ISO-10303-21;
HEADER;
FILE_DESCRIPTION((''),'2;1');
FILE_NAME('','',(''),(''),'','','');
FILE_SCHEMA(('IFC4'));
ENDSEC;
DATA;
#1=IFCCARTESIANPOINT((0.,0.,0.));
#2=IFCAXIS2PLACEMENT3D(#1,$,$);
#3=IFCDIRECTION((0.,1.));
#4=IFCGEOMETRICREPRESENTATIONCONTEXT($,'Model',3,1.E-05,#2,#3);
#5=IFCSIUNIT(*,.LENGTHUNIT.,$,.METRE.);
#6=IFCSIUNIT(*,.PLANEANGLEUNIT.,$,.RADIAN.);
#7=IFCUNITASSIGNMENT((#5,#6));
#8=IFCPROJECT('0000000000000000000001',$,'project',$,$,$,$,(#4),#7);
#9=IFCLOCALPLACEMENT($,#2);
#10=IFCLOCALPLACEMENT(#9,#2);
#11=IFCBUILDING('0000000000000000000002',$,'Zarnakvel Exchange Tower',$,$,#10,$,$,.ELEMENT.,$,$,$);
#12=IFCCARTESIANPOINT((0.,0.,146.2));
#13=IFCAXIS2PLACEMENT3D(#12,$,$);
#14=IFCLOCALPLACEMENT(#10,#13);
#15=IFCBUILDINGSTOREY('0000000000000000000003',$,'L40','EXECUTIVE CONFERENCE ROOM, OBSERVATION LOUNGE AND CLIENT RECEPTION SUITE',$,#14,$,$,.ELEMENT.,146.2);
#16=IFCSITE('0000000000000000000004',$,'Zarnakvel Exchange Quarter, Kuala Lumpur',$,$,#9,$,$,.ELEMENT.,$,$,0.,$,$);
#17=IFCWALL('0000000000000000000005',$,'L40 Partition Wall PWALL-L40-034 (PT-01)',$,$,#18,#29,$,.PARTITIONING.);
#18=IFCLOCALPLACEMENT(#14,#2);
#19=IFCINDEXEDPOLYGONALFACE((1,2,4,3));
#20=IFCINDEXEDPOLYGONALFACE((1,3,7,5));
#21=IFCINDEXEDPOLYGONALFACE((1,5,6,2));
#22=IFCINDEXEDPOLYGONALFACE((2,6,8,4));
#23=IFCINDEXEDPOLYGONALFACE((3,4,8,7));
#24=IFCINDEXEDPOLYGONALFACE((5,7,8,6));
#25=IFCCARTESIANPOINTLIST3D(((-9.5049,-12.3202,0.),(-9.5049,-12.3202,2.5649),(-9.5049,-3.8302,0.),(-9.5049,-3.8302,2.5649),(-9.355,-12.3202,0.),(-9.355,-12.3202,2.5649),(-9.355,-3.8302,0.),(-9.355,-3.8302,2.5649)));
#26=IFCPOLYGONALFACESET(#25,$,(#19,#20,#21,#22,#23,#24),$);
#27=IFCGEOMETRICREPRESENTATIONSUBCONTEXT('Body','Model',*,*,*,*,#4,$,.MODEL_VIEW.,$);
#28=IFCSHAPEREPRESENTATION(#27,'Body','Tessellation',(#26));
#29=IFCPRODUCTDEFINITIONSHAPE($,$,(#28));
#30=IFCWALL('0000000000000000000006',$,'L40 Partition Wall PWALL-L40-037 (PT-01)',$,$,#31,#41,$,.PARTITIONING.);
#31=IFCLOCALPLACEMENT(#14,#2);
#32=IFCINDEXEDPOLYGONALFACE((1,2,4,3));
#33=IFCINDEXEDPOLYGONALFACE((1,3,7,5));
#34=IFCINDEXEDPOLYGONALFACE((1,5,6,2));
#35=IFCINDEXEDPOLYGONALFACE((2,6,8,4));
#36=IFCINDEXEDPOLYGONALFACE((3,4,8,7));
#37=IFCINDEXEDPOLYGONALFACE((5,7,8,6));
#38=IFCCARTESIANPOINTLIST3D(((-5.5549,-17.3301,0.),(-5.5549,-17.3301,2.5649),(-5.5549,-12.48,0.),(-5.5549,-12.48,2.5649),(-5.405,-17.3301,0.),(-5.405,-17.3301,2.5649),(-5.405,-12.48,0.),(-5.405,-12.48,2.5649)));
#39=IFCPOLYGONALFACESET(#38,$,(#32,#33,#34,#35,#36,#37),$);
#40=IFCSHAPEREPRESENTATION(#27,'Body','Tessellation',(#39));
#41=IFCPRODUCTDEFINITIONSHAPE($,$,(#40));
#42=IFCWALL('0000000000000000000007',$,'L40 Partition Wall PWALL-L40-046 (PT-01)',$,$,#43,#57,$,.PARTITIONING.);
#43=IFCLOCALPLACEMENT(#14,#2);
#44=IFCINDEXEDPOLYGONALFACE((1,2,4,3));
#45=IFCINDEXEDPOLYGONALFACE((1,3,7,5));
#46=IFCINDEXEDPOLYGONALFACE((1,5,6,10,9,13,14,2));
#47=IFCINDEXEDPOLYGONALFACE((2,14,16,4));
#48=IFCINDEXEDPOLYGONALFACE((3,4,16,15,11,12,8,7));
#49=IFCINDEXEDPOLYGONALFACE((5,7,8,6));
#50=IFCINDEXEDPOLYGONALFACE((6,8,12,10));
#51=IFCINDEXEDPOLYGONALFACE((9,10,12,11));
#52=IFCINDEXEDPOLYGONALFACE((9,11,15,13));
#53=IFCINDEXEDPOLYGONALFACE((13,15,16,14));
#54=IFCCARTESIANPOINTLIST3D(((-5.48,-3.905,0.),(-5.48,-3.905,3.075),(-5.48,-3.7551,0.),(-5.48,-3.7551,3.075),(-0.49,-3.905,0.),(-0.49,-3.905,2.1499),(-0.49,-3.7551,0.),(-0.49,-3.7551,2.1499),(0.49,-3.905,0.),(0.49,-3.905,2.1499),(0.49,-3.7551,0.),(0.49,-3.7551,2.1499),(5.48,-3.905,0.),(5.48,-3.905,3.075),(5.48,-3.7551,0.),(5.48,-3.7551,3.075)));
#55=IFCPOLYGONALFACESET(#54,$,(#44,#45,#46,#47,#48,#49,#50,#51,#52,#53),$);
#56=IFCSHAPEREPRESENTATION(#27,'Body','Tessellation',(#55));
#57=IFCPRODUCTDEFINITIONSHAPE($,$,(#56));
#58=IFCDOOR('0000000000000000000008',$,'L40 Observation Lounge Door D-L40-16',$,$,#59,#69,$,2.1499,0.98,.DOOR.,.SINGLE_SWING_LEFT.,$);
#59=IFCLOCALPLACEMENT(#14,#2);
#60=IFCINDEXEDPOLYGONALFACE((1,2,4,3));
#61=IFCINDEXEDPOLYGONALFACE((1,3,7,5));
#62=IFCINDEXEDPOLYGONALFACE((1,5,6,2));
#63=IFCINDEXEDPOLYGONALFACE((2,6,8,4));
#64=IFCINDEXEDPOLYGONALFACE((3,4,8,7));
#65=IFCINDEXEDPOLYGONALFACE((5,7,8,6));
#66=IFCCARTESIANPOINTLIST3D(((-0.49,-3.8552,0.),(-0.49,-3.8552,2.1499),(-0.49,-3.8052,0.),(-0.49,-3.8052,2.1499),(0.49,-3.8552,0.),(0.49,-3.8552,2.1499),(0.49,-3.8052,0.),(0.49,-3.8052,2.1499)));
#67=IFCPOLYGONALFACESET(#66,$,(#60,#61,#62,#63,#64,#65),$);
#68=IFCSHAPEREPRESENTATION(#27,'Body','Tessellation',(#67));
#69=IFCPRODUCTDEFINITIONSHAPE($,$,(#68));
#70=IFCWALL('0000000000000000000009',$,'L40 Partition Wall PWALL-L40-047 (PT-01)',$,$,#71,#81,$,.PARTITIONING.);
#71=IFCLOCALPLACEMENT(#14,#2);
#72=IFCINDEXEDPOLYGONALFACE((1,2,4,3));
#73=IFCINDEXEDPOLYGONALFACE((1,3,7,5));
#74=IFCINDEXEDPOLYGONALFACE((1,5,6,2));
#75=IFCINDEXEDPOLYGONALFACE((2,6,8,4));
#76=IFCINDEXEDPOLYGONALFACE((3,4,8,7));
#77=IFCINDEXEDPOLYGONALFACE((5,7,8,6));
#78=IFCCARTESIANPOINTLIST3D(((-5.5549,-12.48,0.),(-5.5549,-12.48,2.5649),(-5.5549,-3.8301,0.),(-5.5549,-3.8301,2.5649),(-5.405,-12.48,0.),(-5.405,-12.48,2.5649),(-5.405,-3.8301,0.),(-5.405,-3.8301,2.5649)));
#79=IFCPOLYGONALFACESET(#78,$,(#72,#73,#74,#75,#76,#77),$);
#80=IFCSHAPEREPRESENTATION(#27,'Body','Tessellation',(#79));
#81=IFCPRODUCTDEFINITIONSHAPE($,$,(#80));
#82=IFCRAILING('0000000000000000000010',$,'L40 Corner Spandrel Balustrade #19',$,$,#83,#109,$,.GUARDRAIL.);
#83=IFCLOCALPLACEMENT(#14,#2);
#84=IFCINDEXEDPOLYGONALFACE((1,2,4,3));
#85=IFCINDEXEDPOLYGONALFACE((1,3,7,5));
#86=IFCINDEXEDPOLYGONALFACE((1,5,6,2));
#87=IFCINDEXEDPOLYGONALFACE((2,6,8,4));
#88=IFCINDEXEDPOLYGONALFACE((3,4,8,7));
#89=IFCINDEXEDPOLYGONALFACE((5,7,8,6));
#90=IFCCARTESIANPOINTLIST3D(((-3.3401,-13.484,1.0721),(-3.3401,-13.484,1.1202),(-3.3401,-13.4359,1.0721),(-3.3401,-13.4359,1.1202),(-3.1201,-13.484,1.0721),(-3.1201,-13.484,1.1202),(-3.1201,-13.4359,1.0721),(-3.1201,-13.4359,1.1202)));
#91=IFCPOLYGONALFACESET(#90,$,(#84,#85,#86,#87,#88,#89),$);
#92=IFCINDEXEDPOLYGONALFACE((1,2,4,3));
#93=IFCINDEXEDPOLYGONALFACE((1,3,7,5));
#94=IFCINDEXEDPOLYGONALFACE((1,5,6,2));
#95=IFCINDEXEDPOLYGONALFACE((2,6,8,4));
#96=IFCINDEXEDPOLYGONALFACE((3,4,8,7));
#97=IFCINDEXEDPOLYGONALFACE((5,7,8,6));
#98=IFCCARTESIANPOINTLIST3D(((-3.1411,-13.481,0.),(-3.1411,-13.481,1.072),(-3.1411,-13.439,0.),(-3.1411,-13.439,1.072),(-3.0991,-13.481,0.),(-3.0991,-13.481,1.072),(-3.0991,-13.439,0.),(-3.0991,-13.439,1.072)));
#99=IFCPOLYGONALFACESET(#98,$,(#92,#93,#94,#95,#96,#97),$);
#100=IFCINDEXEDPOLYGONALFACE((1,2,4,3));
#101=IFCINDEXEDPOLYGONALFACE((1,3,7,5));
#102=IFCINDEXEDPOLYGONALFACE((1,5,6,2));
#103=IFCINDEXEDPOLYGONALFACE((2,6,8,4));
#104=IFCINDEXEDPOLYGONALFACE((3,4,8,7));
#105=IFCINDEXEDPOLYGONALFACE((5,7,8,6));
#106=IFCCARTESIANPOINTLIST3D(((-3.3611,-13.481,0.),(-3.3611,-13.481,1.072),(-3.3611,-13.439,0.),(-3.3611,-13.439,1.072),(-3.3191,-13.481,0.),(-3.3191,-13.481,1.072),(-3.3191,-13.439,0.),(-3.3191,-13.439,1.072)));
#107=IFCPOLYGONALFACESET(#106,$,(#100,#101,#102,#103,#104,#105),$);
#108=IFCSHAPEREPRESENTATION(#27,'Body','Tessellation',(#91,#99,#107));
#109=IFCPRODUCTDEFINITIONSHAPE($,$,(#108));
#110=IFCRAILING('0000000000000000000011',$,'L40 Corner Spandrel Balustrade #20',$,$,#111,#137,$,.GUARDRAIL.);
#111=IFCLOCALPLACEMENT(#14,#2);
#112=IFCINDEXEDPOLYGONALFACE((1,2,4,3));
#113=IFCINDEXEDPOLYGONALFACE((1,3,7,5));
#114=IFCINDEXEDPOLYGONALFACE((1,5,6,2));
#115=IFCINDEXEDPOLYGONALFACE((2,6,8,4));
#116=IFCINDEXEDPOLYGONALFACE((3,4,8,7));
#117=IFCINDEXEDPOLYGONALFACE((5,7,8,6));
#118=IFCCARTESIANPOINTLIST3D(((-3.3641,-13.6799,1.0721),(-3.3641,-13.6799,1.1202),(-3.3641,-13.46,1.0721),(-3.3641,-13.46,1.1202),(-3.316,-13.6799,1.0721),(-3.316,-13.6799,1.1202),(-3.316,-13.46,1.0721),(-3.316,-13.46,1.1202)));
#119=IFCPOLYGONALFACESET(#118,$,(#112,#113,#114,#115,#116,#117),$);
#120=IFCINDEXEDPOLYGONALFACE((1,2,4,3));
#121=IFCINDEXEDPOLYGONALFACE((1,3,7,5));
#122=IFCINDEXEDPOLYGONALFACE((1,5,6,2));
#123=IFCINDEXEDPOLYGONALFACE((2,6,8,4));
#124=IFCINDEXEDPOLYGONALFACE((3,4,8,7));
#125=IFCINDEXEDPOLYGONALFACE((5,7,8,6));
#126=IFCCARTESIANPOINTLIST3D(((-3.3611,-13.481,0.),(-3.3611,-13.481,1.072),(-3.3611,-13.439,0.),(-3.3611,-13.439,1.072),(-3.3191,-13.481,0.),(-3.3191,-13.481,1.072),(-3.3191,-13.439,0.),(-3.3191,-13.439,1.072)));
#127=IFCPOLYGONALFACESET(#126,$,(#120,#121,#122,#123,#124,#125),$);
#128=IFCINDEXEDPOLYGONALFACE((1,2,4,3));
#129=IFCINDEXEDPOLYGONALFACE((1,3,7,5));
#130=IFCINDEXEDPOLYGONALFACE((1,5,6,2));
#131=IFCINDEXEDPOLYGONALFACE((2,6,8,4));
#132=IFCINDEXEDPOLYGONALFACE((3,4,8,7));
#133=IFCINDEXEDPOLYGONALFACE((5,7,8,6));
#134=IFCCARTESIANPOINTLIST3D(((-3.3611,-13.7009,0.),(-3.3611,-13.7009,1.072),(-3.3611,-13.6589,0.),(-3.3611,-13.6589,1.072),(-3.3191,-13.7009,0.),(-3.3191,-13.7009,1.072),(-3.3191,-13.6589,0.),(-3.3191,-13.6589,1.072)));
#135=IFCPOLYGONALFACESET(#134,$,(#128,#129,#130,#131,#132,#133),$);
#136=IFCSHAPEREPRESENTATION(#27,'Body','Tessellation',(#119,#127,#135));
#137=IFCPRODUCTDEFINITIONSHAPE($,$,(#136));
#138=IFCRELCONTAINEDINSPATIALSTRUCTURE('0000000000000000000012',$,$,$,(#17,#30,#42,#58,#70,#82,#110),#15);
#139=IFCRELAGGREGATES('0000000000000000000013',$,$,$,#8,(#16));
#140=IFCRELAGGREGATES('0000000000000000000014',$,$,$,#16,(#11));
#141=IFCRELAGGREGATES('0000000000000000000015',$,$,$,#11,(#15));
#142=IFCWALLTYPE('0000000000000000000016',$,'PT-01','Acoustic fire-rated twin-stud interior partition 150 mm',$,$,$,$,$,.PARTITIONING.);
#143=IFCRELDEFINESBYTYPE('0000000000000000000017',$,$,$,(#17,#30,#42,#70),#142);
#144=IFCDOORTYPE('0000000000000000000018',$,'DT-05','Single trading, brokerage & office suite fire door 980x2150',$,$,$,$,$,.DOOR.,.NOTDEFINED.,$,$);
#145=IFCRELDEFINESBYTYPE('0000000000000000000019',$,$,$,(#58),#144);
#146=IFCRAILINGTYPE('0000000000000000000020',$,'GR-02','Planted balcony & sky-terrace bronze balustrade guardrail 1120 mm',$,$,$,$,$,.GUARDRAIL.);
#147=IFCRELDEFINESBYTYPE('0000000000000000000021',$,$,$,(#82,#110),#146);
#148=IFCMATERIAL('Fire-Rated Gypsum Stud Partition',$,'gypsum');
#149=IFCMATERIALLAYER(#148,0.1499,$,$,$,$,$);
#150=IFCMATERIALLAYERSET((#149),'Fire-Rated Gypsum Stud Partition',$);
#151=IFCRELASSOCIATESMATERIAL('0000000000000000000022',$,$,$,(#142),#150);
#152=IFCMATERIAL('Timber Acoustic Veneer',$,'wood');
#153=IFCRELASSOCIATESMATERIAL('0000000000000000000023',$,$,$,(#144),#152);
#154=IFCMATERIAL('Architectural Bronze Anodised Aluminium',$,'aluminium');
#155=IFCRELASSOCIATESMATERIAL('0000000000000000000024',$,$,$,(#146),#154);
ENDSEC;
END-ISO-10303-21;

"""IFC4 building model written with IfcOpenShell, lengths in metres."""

from ifc_helpers import new_model, si_unit, direction, frame, frame_2d, origin, origin_2d, place, context, subcontext, project, spatial, rectangle, extrude, source, transform, mapped, material, layer, layer_set, type_object, element, fill, save


model = new_model("IFC4")

# Units and contexts
model_context = context("Model", 3, precision=1e-05, world=origin(), true_north=direction((0.0, 1.0)))
body_context = subcontext(model_context, "Body", "Model", "MODEL_VIEW")
ifc_project = project(units=[si_unit("LENGTHUNIT", "METRE"), si_unit("PLANEANGLEUNIT", "RADIAN")], contexts=[model_context])

# Site, building, storey
site_placement = place(None, origin())
site = spatial("IfcSite", under=ifc_project, at=site_placement, Name="Zarnakvel Exchange Quarter, Kuala Lumpur", CompositionType="ELEMENT", RefElevation=0.0)
building_placement = place(site_placement, origin())
building = spatial("IfcBuilding", under=site, at=building_placement, Name="Zarnakvel Exchange Tower", CompositionType="ELEMENT")
storey_placement = place(building_placement, frame((0.0, 0.0, 146.2)))
storey = spatial("IfcBuildingStorey", under=building, at=storey_placement, Name="L40", Description="EXECUTIVE CONFERENCE ROOM, OBSERVATION LOUNGE AND CLIENT RECEPTION SUITE", CompositionType="ELEMENT", Elevation=146.2)

# Shared definitions
ifc_material_1 = material(Name="Architectural Bronze Anodised Aluminium", Category="aluminium")

# Walls
ifc_material_2 = material(Name="Fire-Rated Gypsum Stud Partition", Category="gypsum")
ifc_layer_1 = layer(ifc_material_2, 0.1499)
ifc_layer_set_1 = layer_set([ifc_layer_1], Name="Fire-Rated Gypsum Stud Partition")
wall_type = type_object("IfcWallType", Name="PT-01", Description="Acoustic fire-rated twin-stud interior partition 150 mm", PredefinedType="PARTITIONING", material=ifc_layer_set_1)
wall_1_placement = place(storey_placement, frame((-9.4299, -3.8301, 0.0), z_axis=(0.0, 0.0, 1.0), x_axis=(0.0, -1.0, 0.0)))
element("IfcWall", 1, at=wall_1_placement, inside=storey, type_object=wall_type, Name="L40 Partition Wall PWALL-L40-034 (PT-01)", PredefinedType="PARTITIONING", context=body_context, shape_type="SweptSolid", body=[
    extrude(rectangle(XDim=8.49, YDim=0.1499, at=frame_2d((4.2451, 0.0))), origin(), (0.0, 0.0, 1.0), 2.5649),
])
wall_2_placement = place(storey_placement, frame((-5.48, -12.48, 0.0), z_axis=(0.0, 0.0, 1.0), x_axis=(0.0, -1.0, 0.0)))
element("IfcWall", 2, at=wall_2_placement, inside=storey, type_object=wall_type, Name="L40 Partition Wall PWALL-L40-037 (PT-01)", PredefinedType="PARTITIONING", context=body_context, shape_type="SweptSolid", body=[
    extrude(rectangle(XDim=4.8501, YDim=0.1499, at=frame_2d((2.425, 0.0))), origin(), (0.0, 0.0, 1.0), 2.5649),
])

# Wall, opening, door
wall_3_placement = place(storey_placement, frame((-5.48, -3.8301, 0.0), z_axis=(0.0, 0.0, 1.0), x_axis=(1.0, 0.0, 0.0)))
wall_3 = element("IfcWall", 3, at=wall_3_placement, inside=storey, type_object=wall_type, Name="L40 Partition Wall PWALL-L40-046 (PT-01)", PredefinedType="PARTITIONING", context=body_context, shape_type="SweptSolid", body=[
    extrude(rectangle(XDim=10.96, YDim=0.1499, at=frame_2d((5.48, 0.0))), origin(), (0.0, 0.0, 1.0), 3.075),
])
opening_placement = place(wall_3_placement, frame((4.99, 0.0, 0.0)))
opening = element("IfcOpeningElement", 4, at=opening_placement, cuts=wall_3, PredefinedType="OPENING", context=body_context, shape_type="SweptSolid", body=[
    extrude(rectangle(XDim=0.98, YDim=2.1499, at=frame_2d((0.49, 1.075))), frame((0.0, 0.085, 0.0), z_axis=(0.0, -1.0, 0.0), x_axis=(1.0, 0.0, 0.0)), (0.0, 0.0, 1.0), 0.1699),
])
ifc_material_3 = material(Name="Timber Acoustic Veneer", Category="wood")
door_type = type_object("IfcDoorType", Name="DT-05", Description="Single trading, brokerage & office suite fire door 980x2150", OperationType="NOTDEFINED", PredefinedType="DOOR", material=ifc_material_3)
shared_shape_1 = source(origin(), body_context, "Body", "SweptSolid", [
    extrude(rectangle(XDim=0.98, YDim=2.1499, at=frame_2d((0.49, 1.075))), frame((0.0, 0.0249, 0.0), z_axis=(0.0, -1.0, 0.0), x_axis=(1.0, 0.0, 0.0)), (0.0, 0.0, 1.0), 0.05),
])
door_placement = place(opening_placement, origin())
door = element("IfcDoor", 5, at=door_placement, inside=storey, type_object=door_type, Name="L40 Observation Lounge Door D-L40-16", OperationType="SINGLE_SWING_LEFT", OverallHeight=2.1499, OverallWidth=0.98, PredefinedType="DOOR", context=body_context, shape_type="MappedRepresentation", body=[
    mapped(shared_shape_1, transform((0.0, 0.0, 0.0), x_axis=(1.0, 0.0, 0.0), y_axis=(0.0, 1.0, 0.0), z_axis=(0.0, 0.0, 1.0), scale=1.0)),
])
fill(opening, door)

# Wall
wall_4_placement = place(storey_placement, frame((-5.48, -12.48, 0.0), z_axis=(0.0, 0.0, 1.0), x_axis=(0.0, 1.0, 0.0)))
element("IfcWall", 6, at=wall_4_placement, inside=storey, type_object=wall_type, Name="L40 Partition Wall PWALL-L40-047 (PT-01)", PredefinedType="PARTITIONING", context=body_context, shape_type="SweptSolid", body=[
    extrude(rectangle(XDim=8.6499, YDim=0.1499, at=frame_2d((4.325, 0.0))), origin(), (0.0, 0.0, 1.0), 2.5649),
])

# Railings
railing_type = type_object("IfcRailingType", Name="GR-02", Description="Planted balcony & sky-terrace bronze balustrade guardrail 1120 mm", PredefinedType="GUARDRAIL", material=ifc_material_1)
railing_1_placement = place(storey_placement, frame((-3.1201, -13.46, 0.0)))
element("IfcRailing", 7, at=railing_1_placement, inside=storey, type_object=railing_type, Name="L40 Corner Spandrel Balustrade #19", PredefinedType="GUARDRAIL", context=body_context, shape_type="SweptSolid", body=[
    extrude(rectangle(XDim=0.0481, YDim=0.0481, at=origin_2d()), frame((0.0, 0.0, 1.0962), z_axis=(-1.0, 0.0, 0.0), x_axis=(0.0, -1.0, 0.0)), (0.0, 0.0, 1.0), 0.22),
    extrude(rectangle(XDim=0.042, YDim=0.042, at=origin_2d()), origin(), (0.0, 0.0, 1.0), 1.072),
    extrude(rectangle(XDim=0.042, YDim=0.042, at=origin_2d()), frame((-0.22, 0.0, 0.0)), (0.0, 0.0, 1.0), 1.072),
])
railing_2_placement = place(storey_placement, frame((-3.3401, -13.46, 0.0)))
element("IfcRailing", 8, at=railing_2_placement, inside=storey, type_object=railing_type, Name="L40 Corner Spandrel Balustrade #20", PredefinedType="GUARDRAIL", context=body_context, shape_type="SweptSolid", body=[
    extrude(rectangle(XDim=0.0481, YDim=0.0481, at=origin_2d()), frame((0.0, 0.0, 1.0962), z_axis=(0.0, -1.0, 0.0), x_axis=(1.0, 0.0, 0.0)), (0.0, 0.0, 1.0), 0.22),
    extrude(rectangle(XDim=0.042, YDim=0.042, at=origin_2d()), origin(), (0.0, 0.0, 1.0), 1.072),
    extrude(rectangle(XDim=0.042, YDim=0.042, at=origin_2d()), frame((0.0, -0.22, 0.0)), (0.0, 0.0, 1.0), 1.072),
])

save(model, "model.ifc")
